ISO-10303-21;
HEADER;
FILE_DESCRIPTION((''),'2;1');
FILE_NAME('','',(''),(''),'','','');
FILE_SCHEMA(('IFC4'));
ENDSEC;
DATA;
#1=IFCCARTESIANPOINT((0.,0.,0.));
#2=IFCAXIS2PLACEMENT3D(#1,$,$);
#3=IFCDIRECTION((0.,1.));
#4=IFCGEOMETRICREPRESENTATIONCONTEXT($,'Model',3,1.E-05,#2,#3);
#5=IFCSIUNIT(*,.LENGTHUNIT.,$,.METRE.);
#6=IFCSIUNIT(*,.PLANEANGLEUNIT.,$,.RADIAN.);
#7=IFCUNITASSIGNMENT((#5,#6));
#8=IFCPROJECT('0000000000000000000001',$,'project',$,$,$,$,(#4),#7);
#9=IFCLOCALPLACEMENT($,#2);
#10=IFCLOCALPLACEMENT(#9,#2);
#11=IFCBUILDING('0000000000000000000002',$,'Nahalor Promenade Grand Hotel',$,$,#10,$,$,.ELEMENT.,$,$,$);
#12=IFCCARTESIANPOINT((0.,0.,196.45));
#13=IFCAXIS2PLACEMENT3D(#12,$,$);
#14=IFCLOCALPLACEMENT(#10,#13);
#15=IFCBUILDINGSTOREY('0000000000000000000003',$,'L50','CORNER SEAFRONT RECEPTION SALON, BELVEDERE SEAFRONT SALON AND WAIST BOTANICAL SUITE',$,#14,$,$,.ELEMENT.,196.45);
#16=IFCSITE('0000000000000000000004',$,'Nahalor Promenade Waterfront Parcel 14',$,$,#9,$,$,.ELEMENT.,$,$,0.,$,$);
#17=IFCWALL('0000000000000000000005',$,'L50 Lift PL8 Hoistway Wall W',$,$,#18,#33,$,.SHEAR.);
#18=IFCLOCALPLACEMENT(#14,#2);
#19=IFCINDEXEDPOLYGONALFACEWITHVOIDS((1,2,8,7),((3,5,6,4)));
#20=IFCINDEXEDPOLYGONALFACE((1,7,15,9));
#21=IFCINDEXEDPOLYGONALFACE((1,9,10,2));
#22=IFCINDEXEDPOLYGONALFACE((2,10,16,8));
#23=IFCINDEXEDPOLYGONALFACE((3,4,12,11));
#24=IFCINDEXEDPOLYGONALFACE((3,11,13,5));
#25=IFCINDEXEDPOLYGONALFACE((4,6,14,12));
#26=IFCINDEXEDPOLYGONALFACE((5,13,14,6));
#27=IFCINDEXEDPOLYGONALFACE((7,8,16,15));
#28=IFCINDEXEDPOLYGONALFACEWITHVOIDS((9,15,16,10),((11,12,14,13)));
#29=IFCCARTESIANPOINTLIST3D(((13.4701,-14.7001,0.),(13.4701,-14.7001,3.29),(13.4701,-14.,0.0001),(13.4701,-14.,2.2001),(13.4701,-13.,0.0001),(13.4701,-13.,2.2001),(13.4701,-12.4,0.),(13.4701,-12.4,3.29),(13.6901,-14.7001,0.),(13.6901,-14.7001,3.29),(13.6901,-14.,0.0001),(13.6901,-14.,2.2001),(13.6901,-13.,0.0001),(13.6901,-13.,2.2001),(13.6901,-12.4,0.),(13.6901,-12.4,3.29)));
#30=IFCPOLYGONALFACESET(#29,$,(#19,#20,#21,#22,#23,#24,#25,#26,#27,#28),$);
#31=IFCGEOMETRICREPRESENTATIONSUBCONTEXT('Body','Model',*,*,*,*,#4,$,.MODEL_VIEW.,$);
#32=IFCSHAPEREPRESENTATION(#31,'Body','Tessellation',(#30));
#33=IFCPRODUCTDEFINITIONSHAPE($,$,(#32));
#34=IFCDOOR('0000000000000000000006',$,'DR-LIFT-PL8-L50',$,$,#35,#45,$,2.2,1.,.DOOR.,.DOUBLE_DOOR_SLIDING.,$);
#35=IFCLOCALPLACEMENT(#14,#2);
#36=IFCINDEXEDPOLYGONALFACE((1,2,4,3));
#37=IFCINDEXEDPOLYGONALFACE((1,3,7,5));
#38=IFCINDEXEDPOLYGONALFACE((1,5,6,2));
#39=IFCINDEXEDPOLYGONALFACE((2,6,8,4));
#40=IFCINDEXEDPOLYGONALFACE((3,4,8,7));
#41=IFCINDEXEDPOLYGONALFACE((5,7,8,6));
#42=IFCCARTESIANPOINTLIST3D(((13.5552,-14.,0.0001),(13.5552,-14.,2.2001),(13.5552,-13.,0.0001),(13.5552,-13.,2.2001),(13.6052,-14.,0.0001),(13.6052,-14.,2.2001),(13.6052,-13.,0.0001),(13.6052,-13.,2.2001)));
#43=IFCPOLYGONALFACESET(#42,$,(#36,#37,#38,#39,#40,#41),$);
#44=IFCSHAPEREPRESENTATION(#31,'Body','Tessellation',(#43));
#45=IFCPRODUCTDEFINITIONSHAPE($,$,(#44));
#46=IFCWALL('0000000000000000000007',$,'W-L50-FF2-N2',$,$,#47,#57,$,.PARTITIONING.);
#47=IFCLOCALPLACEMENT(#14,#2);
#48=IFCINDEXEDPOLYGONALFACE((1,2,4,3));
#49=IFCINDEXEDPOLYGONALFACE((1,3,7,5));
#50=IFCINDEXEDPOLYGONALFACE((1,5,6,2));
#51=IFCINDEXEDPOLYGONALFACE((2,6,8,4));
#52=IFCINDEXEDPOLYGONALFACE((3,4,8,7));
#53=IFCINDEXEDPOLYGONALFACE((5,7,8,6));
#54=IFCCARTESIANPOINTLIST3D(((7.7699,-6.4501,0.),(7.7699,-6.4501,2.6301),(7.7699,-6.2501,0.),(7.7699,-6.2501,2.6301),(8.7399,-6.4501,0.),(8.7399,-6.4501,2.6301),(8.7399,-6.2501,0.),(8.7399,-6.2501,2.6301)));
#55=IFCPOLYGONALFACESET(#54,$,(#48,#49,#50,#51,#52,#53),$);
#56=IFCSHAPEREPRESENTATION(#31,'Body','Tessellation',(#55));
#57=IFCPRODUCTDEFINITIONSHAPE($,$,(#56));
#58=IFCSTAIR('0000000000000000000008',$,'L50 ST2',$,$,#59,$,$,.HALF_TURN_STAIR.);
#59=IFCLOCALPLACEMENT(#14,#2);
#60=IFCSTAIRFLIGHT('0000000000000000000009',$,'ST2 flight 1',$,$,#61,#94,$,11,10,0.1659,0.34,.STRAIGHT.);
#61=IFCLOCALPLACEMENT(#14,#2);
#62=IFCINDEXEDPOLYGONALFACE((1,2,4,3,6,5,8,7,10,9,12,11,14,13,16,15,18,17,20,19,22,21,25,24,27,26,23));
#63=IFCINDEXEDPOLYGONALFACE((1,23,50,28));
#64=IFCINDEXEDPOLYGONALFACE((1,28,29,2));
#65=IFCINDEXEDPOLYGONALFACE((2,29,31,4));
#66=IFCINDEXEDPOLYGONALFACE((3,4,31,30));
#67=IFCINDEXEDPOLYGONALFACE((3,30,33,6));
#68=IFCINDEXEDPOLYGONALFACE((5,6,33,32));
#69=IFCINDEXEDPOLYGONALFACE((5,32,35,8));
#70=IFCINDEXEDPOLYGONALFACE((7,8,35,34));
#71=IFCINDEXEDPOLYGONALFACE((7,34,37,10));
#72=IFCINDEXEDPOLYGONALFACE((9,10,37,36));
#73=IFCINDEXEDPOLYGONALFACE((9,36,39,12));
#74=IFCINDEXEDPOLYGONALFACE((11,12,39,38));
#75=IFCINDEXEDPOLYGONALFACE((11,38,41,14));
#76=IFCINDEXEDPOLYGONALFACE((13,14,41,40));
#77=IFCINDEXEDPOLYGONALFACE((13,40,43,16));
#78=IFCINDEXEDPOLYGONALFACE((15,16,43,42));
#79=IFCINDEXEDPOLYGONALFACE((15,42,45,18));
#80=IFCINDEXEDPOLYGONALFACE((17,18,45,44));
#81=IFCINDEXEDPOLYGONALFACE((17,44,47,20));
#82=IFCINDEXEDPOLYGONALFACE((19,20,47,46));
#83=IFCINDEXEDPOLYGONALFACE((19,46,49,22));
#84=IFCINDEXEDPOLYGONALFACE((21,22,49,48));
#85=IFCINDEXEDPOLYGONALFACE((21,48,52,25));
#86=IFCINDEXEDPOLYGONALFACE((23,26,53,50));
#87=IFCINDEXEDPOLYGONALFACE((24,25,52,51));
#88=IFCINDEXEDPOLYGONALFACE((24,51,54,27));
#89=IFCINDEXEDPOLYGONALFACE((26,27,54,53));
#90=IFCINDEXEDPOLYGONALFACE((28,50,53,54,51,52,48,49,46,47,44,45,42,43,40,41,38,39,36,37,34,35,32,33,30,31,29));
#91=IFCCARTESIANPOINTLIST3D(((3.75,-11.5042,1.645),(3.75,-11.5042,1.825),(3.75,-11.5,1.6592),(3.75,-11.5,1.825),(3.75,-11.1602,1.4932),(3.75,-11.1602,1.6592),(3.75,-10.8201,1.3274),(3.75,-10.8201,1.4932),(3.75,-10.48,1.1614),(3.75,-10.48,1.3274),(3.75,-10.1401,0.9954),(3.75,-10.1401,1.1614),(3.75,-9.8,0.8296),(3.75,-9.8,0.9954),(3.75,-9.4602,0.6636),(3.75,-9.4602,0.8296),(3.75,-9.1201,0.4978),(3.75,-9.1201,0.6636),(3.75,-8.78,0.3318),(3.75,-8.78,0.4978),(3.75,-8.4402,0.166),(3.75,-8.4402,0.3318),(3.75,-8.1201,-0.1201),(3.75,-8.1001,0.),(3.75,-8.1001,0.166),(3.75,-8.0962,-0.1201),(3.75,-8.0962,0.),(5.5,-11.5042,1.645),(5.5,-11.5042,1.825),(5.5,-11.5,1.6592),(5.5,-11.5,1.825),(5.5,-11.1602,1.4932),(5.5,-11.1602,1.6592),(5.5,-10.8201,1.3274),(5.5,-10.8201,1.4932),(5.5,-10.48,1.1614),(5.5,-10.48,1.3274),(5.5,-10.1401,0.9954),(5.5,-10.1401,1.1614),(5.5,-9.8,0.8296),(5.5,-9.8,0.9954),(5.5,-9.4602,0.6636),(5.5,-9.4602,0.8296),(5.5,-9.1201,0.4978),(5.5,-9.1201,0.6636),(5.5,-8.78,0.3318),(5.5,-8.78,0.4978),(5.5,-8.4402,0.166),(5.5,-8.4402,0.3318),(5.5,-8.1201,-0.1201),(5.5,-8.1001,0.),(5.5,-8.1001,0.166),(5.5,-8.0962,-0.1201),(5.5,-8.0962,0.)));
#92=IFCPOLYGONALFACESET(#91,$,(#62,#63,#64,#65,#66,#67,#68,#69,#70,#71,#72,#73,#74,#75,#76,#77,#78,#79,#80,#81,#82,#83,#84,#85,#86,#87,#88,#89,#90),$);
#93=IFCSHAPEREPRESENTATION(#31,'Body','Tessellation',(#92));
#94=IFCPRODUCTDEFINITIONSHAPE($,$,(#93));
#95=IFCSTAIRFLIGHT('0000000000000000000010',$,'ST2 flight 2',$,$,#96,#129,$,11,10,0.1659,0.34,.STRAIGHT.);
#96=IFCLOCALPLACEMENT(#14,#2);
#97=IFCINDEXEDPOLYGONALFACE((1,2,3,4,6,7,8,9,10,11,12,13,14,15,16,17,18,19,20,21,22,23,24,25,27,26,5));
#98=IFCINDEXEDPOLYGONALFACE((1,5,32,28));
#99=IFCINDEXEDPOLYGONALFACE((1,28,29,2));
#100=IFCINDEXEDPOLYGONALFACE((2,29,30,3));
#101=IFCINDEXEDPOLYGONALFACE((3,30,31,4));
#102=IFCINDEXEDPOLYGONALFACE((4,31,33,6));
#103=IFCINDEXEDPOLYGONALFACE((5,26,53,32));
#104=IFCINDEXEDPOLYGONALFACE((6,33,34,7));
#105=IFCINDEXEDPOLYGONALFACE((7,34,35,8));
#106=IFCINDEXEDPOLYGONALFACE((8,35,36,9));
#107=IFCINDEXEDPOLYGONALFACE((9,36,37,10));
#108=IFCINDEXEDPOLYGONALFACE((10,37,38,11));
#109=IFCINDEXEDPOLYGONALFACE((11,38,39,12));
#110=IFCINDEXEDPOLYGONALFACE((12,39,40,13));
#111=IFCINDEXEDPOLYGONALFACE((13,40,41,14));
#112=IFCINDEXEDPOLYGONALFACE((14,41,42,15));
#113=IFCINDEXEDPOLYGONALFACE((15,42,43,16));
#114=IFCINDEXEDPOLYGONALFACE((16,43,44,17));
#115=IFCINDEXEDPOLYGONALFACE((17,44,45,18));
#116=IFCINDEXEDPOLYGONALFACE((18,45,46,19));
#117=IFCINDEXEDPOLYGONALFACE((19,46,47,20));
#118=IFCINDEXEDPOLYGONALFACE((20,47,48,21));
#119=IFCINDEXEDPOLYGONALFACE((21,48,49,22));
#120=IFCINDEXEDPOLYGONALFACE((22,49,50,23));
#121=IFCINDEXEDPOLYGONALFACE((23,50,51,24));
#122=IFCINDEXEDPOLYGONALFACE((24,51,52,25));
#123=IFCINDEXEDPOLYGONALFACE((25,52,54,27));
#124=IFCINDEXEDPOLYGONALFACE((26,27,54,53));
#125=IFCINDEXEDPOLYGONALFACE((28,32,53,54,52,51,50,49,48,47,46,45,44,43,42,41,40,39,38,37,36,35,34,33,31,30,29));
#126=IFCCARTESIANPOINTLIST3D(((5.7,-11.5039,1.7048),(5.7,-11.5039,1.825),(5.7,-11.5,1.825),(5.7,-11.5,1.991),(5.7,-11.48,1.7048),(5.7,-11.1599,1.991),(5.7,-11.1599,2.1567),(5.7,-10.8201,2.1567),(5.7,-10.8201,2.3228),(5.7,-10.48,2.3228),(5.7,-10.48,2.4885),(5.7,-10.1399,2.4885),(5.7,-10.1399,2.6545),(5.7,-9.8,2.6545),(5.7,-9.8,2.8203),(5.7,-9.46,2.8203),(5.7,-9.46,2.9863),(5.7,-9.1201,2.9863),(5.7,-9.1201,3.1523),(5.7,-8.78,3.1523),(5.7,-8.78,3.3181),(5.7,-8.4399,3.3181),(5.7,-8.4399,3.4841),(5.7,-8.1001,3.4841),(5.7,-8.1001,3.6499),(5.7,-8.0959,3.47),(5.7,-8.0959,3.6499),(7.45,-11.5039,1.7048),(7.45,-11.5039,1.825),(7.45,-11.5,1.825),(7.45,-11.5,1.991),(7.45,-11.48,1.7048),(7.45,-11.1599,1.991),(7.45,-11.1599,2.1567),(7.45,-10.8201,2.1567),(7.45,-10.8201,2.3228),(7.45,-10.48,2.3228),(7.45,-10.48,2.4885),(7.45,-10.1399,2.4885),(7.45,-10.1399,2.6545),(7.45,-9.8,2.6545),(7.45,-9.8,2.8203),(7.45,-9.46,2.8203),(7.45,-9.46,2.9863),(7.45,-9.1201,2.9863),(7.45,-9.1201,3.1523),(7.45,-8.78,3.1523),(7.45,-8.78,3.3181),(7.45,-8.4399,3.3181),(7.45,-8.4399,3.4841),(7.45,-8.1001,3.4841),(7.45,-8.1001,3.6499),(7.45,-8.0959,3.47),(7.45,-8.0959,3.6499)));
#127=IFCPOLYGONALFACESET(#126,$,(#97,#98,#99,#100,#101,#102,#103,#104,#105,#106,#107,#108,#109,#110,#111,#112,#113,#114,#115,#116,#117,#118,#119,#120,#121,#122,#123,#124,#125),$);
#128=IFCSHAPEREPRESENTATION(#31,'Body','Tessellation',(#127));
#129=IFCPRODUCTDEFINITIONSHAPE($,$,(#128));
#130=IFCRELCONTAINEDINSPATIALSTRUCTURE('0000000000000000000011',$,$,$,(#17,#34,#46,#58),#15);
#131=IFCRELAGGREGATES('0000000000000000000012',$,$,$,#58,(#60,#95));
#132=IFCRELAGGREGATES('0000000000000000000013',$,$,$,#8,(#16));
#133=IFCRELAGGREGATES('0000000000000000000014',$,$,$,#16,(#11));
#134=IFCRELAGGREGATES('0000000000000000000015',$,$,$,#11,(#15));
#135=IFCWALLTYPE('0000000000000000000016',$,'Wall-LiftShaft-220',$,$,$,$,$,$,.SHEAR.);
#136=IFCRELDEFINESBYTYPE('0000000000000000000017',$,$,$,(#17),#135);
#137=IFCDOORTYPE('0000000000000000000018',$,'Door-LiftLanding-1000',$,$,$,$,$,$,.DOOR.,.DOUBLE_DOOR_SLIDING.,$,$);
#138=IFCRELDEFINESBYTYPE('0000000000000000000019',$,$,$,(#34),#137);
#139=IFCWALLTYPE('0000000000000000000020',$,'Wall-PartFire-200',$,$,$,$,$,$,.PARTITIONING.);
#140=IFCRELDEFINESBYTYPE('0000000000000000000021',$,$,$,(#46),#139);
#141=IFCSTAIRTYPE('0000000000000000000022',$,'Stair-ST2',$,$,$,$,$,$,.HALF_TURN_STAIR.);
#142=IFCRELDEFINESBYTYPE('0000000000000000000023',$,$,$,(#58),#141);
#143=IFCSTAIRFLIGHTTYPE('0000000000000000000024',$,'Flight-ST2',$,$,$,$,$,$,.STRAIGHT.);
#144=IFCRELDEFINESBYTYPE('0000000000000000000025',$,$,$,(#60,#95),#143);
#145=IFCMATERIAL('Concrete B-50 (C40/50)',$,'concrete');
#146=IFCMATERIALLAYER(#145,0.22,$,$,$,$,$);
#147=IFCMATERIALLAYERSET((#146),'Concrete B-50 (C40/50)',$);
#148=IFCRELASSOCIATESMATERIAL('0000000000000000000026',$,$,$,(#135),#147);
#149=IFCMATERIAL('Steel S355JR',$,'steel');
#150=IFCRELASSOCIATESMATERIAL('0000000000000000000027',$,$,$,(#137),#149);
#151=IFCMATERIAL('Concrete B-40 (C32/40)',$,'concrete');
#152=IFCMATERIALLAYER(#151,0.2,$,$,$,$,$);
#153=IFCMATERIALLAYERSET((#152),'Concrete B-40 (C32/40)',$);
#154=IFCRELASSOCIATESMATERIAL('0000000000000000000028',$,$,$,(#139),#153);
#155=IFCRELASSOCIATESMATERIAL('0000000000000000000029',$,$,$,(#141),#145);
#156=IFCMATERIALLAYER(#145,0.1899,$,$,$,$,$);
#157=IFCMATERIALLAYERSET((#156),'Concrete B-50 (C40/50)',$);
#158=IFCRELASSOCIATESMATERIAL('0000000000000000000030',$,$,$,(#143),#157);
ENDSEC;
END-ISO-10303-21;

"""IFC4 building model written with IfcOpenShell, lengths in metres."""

from ifc_helpers import new_model, si_unit, direction, frame, frame_2d, origin, place, context, subcontext, project, spatial, polyline, rectangle, outline, extrude, source, transform, mapped, material, layer, layer_set, type_object, element, fill, aggregate, save


model = new_model("IFC4")

# Units and contexts
model_context = context("Model", 3, precision=1e-05, world=origin(), true_north=direction((0.0, 1.0)))
body_context = subcontext(model_context, "Body", "Model", "MODEL_VIEW")
ifc_project = project(units=[si_unit("LENGTHUNIT", "METRE"), si_unit("PLANEANGLEUNIT", "RADIAN")], contexts=[model_context])

# Site, building, storey
site_placement = place(None, origin())
site = spatial("IfcSite", under=ifc_project, at=site_placement, Name="Nahalor Promenade Waterfront Parcel 14", CompositionType="ELEMENT", RefElevation=0.0)
building_placement = place(site_placement, origin())
building = spatial("IfcBuilding", under=site, at=building_placement, Name="Nahalor Promenade Grand Hotel", CompositionType="ELEMENT")
storey_placement = place(building_placement, frame((0.0, 0.0, 196.45)))
storey = spatial("IfcBuildingStorey", under=building, at=storey_placement, Name="L50", Description="CORNER SEAFRONT RECEPTION SALON, BELVEDERE SEAFRONT SALON AND WAIST BOTANICAL SUITE", CompositionType="ELEMENT", Elevation=196.45)

# Shared definitions
ifc_material_1 = material(Name="Steel S355JR", Category="steel")

# Shared definitions
ifc_material_2 = material(Name="Concrete B-50 (C40/50)", Category="concrete")
ifc_layer_1 = layer(ifc_material_2, 0.22)
ifc_layer_set_1 = layer_set([ifc_layer_1], Name="Concrete B-50 (C40/50)")
wall_type_1 = type_object("IfcWallType", Name="Wall-LiftShaft-220", PredefinedType="SHEAR", material=ifc_layer_set_1)

# Wall, opening, door
shared_shape_1 = source(origin(), body_context, "Body", "SweptSolid", [
    extrude(rectangle(XDim=2.3, YDim=0.22, at=frame_2d((1.1499, 0.0))), origin(), (0.0, 0.0, 1.0), 3.29),
])
wall_1_placement = place(storey_placement, frame((13.5801, -14.7, 0.0), z_axis=(0.0, 0.0, 1.0), x_axis=(0.0, 1.0, 0.0)))
wall_1 = element("IfcWall", 1, at=wall_1_placement, inside=storey, type_object=wall_type_1, Name="L50 Lift PL8 Hoistway Wall W", PredefinedType="SHEAR", context=body_context, shape_type="MappedRepresentation", body=[
    mapped(shared_shape_1, transform((0.0, 0.0, 0.0), scale=1.0)),
])
opening_1_placement = place(wall_1_placement, frame((0.7, 0.0, 0.0)))
opening_1 = element("IfcOpeningElement", 2, at=opening_1_placement, cuts=wall_1, PredefinedType="OPENING", context=body_context, shape_type="SweptSolid", body=[
    extrude(rectangle(XDim=1.0, YDim=2.2, at=frame_2d((0.5, 1.1001))), frame((0.0, 0.1199, 0.0), z_axis=(0.0, -1.0, 0.0), x_axis=(1.0, 0.0, 0.0)), (0.0, 0.0, 1.0), 0.24),
])
door_type_1 = type_object("IfcDoorType", Name="Door-LiftLanding-1000", OperationType="DOUBLE_DOOR_SLIDING", PredefinedType="DOOR", material=ifc_material_1)
shared_shape_2 = source(origin(), body_context, "Body", "SweptSolid", [
    extrude(rectangle(XDim=1.0, YDim=2.2, at=frame_2d((0.5, 1.1001))), frame((0.0, 0.0249, 0.0), z_axis=(0.0, -1.0, 0.0), x_axis=(1.0, 0.0, 0.0)), (0.0, 0.0, 1.0), 0.05),
])
door_1_placement = place(opening_1_placement, origin())
door_1 = element("IfcDoor", 3, at=door_1_placement, inside=storey, type_object=door_type_1, Name="DR-LIFT-PL8-L50", OperationType="DOUBLE_DOOR_SLIDING", OverallHeight=2.2, OverallWidth=1.0, PredefinedType="DOOR", context=body_context, shape_type="MappedRepresentation", body=[
    mapped(shared_shape_2, transform((0.0, 0.0, 0.0), scale=1.0)),
])
fill(opening_1, door_1)
ifc_material_3 = material(Name="Concrete B-40 (C32/40)", Category="concrete")
ifc_layer_2 = layer(ifc_material_3, 0.2)
ifc_layer_set_2 = layer_set([ifc_layer_2], Name="Concrete B-40 (C32/40)")
wall_type_2 = type_object("IfcWallType", Name="Wall-PartFire-200", PredefinedType="PARTITIONING", material=ifc_layer_set_2)

# Wall
shared_shape_3 = source(origin(), body_context, "Body", "SweptSolid", [
    extrude(rectangle(XDim=0.97, YDim=0.2, at=frame_2d((0.4849, 0.0))), origin(), (0.0, 0.0, 1.0), 2.6301),
])
wall_2_placement = place(storey_placement, frame((7.77, -6.3501, 0.0), z_axis=(0.0, 0.0, 1.0), x_axis=(1.0, 0.0, 0.0)))
element("IfcWall", 4, at=wall_2_placement, inside=storey, type_object=wall_type_2, Name="W-L50-FF2-N2", PredefinedType="PARTITIONING", context=body_context, shape_type="MappedRepresentation", body=[
    mapped(shared_shape_3, transform((0.0, 0.0, 0.0), scale=1.0)),
])

# Stair, stair flights
stair_type = type_object("IfcStairType", Name="Stair-ST2", PredefinedType="HALF_TURN_STAIR", material=ifc_material_2)
stair_placement = place(storey_placement, origin())
stair = element("IfcStair", 5, at=stair_placement, inside=storey, type_object=stair_type, Name="L50 ST2", PredefinedType="HALF_TURN_STAIR")
ifc_layer_3 = layer(ifc_material_2, 0.1899)
ifc_layer_set_3 = layer_set([ifc_layer_3], Name="Concrete B-50 (C40/50)")
stair_flight_type = type_object("IfcStairFlightType", Name="Flight-ST2", PredefinedType="STRAIGHT", material=ifc_layer_set_3)
shared_shape_4 = source(origin(), body_context, "Body", "SweptSolid", [
    extrude(outline(polyline([(-0.0039, -0.1201), (-0.0039, 0.0), (0.0, 0.0), (0.0, 0.166), (0.3401, 0.166), (0.3401, 0.3318), (0.6799, 0.3318), (0.6799, 0.4978), (1.02, 0.4978), (1.02, 0.6636), (1.3601, 0.6636), (1.3601, 0.8296), (1.7, 0.8296), (1.7, 0.9954), (2.04, 0.9954), (2.04, 1.1614), (2.3799, 1.1614), (2.3799, 1.3274), (2.72, 1.3274), (2.72, 1.4932), (3.0601, 1.4932), (3.0601, 1.6592), (3.3999, 1.6592), (3.3999, 1.825), (3.4041, 1.825), (3.4041, 1.645), (0.02, -0.1201), (-0.0039, -0.1201)])), frame((0.0, 0.875, 0.0), z_axis=(0.0, -1.0, 0.0), x_axis=(1.0, 0.0, 0.0)), (0.0, 0.0, 1.0), 1.75),
])
stair_flight_1_placement = place(storey_placement, frame((4.625, -8.1001, 0.0), z_axis=(0.0, 0.0, 1.0), x_axis=(0.0, -1.0, 0.0)))
stair_flight_1 = element("IfcStairFlight", 6, at=stair_flight_1_placement, type_object=stair_flight_type, Name="ST2 flight 1", NumberOfRisers=11, NumberOfTreads=10, PredefinedType="STRAIGHT", RiserHeight=0.1659, TreadLength=0.34, context=body_context, shape_type="MappedRepresentation", body=[
    mapped(shared_shape_4, transform((0.0, 0.0, 0.0), scale=1.0)),
])
stair_flight_2_placement = place(storey_placement, frame((6.575, -11.5, 1.825), z_axis=(0.0, 0.0, 1.0), x_axis=(0.0, 1.0, 0.0)))
stair_flight_2 = element("IfcStairFlight", 7, at=stair_flight_2_placement, type_object=stair_flight_type, Name="ST2 flight 2", NumberOfRisers=11, NumberOfTreads=10, PredefinedType="STRAIGHT", RiserHeight=0.1659, TreadLength=0.34, context=body_context, shape_type="MappedRepresentation", body=[
    mapped(shared_shape_4, transform((0.0, 0.0, 0.0), scale=1.0)),
])
aggregate(stair, [stair_flight_1, stair_flight_2])

save(model, "model.ifc")
